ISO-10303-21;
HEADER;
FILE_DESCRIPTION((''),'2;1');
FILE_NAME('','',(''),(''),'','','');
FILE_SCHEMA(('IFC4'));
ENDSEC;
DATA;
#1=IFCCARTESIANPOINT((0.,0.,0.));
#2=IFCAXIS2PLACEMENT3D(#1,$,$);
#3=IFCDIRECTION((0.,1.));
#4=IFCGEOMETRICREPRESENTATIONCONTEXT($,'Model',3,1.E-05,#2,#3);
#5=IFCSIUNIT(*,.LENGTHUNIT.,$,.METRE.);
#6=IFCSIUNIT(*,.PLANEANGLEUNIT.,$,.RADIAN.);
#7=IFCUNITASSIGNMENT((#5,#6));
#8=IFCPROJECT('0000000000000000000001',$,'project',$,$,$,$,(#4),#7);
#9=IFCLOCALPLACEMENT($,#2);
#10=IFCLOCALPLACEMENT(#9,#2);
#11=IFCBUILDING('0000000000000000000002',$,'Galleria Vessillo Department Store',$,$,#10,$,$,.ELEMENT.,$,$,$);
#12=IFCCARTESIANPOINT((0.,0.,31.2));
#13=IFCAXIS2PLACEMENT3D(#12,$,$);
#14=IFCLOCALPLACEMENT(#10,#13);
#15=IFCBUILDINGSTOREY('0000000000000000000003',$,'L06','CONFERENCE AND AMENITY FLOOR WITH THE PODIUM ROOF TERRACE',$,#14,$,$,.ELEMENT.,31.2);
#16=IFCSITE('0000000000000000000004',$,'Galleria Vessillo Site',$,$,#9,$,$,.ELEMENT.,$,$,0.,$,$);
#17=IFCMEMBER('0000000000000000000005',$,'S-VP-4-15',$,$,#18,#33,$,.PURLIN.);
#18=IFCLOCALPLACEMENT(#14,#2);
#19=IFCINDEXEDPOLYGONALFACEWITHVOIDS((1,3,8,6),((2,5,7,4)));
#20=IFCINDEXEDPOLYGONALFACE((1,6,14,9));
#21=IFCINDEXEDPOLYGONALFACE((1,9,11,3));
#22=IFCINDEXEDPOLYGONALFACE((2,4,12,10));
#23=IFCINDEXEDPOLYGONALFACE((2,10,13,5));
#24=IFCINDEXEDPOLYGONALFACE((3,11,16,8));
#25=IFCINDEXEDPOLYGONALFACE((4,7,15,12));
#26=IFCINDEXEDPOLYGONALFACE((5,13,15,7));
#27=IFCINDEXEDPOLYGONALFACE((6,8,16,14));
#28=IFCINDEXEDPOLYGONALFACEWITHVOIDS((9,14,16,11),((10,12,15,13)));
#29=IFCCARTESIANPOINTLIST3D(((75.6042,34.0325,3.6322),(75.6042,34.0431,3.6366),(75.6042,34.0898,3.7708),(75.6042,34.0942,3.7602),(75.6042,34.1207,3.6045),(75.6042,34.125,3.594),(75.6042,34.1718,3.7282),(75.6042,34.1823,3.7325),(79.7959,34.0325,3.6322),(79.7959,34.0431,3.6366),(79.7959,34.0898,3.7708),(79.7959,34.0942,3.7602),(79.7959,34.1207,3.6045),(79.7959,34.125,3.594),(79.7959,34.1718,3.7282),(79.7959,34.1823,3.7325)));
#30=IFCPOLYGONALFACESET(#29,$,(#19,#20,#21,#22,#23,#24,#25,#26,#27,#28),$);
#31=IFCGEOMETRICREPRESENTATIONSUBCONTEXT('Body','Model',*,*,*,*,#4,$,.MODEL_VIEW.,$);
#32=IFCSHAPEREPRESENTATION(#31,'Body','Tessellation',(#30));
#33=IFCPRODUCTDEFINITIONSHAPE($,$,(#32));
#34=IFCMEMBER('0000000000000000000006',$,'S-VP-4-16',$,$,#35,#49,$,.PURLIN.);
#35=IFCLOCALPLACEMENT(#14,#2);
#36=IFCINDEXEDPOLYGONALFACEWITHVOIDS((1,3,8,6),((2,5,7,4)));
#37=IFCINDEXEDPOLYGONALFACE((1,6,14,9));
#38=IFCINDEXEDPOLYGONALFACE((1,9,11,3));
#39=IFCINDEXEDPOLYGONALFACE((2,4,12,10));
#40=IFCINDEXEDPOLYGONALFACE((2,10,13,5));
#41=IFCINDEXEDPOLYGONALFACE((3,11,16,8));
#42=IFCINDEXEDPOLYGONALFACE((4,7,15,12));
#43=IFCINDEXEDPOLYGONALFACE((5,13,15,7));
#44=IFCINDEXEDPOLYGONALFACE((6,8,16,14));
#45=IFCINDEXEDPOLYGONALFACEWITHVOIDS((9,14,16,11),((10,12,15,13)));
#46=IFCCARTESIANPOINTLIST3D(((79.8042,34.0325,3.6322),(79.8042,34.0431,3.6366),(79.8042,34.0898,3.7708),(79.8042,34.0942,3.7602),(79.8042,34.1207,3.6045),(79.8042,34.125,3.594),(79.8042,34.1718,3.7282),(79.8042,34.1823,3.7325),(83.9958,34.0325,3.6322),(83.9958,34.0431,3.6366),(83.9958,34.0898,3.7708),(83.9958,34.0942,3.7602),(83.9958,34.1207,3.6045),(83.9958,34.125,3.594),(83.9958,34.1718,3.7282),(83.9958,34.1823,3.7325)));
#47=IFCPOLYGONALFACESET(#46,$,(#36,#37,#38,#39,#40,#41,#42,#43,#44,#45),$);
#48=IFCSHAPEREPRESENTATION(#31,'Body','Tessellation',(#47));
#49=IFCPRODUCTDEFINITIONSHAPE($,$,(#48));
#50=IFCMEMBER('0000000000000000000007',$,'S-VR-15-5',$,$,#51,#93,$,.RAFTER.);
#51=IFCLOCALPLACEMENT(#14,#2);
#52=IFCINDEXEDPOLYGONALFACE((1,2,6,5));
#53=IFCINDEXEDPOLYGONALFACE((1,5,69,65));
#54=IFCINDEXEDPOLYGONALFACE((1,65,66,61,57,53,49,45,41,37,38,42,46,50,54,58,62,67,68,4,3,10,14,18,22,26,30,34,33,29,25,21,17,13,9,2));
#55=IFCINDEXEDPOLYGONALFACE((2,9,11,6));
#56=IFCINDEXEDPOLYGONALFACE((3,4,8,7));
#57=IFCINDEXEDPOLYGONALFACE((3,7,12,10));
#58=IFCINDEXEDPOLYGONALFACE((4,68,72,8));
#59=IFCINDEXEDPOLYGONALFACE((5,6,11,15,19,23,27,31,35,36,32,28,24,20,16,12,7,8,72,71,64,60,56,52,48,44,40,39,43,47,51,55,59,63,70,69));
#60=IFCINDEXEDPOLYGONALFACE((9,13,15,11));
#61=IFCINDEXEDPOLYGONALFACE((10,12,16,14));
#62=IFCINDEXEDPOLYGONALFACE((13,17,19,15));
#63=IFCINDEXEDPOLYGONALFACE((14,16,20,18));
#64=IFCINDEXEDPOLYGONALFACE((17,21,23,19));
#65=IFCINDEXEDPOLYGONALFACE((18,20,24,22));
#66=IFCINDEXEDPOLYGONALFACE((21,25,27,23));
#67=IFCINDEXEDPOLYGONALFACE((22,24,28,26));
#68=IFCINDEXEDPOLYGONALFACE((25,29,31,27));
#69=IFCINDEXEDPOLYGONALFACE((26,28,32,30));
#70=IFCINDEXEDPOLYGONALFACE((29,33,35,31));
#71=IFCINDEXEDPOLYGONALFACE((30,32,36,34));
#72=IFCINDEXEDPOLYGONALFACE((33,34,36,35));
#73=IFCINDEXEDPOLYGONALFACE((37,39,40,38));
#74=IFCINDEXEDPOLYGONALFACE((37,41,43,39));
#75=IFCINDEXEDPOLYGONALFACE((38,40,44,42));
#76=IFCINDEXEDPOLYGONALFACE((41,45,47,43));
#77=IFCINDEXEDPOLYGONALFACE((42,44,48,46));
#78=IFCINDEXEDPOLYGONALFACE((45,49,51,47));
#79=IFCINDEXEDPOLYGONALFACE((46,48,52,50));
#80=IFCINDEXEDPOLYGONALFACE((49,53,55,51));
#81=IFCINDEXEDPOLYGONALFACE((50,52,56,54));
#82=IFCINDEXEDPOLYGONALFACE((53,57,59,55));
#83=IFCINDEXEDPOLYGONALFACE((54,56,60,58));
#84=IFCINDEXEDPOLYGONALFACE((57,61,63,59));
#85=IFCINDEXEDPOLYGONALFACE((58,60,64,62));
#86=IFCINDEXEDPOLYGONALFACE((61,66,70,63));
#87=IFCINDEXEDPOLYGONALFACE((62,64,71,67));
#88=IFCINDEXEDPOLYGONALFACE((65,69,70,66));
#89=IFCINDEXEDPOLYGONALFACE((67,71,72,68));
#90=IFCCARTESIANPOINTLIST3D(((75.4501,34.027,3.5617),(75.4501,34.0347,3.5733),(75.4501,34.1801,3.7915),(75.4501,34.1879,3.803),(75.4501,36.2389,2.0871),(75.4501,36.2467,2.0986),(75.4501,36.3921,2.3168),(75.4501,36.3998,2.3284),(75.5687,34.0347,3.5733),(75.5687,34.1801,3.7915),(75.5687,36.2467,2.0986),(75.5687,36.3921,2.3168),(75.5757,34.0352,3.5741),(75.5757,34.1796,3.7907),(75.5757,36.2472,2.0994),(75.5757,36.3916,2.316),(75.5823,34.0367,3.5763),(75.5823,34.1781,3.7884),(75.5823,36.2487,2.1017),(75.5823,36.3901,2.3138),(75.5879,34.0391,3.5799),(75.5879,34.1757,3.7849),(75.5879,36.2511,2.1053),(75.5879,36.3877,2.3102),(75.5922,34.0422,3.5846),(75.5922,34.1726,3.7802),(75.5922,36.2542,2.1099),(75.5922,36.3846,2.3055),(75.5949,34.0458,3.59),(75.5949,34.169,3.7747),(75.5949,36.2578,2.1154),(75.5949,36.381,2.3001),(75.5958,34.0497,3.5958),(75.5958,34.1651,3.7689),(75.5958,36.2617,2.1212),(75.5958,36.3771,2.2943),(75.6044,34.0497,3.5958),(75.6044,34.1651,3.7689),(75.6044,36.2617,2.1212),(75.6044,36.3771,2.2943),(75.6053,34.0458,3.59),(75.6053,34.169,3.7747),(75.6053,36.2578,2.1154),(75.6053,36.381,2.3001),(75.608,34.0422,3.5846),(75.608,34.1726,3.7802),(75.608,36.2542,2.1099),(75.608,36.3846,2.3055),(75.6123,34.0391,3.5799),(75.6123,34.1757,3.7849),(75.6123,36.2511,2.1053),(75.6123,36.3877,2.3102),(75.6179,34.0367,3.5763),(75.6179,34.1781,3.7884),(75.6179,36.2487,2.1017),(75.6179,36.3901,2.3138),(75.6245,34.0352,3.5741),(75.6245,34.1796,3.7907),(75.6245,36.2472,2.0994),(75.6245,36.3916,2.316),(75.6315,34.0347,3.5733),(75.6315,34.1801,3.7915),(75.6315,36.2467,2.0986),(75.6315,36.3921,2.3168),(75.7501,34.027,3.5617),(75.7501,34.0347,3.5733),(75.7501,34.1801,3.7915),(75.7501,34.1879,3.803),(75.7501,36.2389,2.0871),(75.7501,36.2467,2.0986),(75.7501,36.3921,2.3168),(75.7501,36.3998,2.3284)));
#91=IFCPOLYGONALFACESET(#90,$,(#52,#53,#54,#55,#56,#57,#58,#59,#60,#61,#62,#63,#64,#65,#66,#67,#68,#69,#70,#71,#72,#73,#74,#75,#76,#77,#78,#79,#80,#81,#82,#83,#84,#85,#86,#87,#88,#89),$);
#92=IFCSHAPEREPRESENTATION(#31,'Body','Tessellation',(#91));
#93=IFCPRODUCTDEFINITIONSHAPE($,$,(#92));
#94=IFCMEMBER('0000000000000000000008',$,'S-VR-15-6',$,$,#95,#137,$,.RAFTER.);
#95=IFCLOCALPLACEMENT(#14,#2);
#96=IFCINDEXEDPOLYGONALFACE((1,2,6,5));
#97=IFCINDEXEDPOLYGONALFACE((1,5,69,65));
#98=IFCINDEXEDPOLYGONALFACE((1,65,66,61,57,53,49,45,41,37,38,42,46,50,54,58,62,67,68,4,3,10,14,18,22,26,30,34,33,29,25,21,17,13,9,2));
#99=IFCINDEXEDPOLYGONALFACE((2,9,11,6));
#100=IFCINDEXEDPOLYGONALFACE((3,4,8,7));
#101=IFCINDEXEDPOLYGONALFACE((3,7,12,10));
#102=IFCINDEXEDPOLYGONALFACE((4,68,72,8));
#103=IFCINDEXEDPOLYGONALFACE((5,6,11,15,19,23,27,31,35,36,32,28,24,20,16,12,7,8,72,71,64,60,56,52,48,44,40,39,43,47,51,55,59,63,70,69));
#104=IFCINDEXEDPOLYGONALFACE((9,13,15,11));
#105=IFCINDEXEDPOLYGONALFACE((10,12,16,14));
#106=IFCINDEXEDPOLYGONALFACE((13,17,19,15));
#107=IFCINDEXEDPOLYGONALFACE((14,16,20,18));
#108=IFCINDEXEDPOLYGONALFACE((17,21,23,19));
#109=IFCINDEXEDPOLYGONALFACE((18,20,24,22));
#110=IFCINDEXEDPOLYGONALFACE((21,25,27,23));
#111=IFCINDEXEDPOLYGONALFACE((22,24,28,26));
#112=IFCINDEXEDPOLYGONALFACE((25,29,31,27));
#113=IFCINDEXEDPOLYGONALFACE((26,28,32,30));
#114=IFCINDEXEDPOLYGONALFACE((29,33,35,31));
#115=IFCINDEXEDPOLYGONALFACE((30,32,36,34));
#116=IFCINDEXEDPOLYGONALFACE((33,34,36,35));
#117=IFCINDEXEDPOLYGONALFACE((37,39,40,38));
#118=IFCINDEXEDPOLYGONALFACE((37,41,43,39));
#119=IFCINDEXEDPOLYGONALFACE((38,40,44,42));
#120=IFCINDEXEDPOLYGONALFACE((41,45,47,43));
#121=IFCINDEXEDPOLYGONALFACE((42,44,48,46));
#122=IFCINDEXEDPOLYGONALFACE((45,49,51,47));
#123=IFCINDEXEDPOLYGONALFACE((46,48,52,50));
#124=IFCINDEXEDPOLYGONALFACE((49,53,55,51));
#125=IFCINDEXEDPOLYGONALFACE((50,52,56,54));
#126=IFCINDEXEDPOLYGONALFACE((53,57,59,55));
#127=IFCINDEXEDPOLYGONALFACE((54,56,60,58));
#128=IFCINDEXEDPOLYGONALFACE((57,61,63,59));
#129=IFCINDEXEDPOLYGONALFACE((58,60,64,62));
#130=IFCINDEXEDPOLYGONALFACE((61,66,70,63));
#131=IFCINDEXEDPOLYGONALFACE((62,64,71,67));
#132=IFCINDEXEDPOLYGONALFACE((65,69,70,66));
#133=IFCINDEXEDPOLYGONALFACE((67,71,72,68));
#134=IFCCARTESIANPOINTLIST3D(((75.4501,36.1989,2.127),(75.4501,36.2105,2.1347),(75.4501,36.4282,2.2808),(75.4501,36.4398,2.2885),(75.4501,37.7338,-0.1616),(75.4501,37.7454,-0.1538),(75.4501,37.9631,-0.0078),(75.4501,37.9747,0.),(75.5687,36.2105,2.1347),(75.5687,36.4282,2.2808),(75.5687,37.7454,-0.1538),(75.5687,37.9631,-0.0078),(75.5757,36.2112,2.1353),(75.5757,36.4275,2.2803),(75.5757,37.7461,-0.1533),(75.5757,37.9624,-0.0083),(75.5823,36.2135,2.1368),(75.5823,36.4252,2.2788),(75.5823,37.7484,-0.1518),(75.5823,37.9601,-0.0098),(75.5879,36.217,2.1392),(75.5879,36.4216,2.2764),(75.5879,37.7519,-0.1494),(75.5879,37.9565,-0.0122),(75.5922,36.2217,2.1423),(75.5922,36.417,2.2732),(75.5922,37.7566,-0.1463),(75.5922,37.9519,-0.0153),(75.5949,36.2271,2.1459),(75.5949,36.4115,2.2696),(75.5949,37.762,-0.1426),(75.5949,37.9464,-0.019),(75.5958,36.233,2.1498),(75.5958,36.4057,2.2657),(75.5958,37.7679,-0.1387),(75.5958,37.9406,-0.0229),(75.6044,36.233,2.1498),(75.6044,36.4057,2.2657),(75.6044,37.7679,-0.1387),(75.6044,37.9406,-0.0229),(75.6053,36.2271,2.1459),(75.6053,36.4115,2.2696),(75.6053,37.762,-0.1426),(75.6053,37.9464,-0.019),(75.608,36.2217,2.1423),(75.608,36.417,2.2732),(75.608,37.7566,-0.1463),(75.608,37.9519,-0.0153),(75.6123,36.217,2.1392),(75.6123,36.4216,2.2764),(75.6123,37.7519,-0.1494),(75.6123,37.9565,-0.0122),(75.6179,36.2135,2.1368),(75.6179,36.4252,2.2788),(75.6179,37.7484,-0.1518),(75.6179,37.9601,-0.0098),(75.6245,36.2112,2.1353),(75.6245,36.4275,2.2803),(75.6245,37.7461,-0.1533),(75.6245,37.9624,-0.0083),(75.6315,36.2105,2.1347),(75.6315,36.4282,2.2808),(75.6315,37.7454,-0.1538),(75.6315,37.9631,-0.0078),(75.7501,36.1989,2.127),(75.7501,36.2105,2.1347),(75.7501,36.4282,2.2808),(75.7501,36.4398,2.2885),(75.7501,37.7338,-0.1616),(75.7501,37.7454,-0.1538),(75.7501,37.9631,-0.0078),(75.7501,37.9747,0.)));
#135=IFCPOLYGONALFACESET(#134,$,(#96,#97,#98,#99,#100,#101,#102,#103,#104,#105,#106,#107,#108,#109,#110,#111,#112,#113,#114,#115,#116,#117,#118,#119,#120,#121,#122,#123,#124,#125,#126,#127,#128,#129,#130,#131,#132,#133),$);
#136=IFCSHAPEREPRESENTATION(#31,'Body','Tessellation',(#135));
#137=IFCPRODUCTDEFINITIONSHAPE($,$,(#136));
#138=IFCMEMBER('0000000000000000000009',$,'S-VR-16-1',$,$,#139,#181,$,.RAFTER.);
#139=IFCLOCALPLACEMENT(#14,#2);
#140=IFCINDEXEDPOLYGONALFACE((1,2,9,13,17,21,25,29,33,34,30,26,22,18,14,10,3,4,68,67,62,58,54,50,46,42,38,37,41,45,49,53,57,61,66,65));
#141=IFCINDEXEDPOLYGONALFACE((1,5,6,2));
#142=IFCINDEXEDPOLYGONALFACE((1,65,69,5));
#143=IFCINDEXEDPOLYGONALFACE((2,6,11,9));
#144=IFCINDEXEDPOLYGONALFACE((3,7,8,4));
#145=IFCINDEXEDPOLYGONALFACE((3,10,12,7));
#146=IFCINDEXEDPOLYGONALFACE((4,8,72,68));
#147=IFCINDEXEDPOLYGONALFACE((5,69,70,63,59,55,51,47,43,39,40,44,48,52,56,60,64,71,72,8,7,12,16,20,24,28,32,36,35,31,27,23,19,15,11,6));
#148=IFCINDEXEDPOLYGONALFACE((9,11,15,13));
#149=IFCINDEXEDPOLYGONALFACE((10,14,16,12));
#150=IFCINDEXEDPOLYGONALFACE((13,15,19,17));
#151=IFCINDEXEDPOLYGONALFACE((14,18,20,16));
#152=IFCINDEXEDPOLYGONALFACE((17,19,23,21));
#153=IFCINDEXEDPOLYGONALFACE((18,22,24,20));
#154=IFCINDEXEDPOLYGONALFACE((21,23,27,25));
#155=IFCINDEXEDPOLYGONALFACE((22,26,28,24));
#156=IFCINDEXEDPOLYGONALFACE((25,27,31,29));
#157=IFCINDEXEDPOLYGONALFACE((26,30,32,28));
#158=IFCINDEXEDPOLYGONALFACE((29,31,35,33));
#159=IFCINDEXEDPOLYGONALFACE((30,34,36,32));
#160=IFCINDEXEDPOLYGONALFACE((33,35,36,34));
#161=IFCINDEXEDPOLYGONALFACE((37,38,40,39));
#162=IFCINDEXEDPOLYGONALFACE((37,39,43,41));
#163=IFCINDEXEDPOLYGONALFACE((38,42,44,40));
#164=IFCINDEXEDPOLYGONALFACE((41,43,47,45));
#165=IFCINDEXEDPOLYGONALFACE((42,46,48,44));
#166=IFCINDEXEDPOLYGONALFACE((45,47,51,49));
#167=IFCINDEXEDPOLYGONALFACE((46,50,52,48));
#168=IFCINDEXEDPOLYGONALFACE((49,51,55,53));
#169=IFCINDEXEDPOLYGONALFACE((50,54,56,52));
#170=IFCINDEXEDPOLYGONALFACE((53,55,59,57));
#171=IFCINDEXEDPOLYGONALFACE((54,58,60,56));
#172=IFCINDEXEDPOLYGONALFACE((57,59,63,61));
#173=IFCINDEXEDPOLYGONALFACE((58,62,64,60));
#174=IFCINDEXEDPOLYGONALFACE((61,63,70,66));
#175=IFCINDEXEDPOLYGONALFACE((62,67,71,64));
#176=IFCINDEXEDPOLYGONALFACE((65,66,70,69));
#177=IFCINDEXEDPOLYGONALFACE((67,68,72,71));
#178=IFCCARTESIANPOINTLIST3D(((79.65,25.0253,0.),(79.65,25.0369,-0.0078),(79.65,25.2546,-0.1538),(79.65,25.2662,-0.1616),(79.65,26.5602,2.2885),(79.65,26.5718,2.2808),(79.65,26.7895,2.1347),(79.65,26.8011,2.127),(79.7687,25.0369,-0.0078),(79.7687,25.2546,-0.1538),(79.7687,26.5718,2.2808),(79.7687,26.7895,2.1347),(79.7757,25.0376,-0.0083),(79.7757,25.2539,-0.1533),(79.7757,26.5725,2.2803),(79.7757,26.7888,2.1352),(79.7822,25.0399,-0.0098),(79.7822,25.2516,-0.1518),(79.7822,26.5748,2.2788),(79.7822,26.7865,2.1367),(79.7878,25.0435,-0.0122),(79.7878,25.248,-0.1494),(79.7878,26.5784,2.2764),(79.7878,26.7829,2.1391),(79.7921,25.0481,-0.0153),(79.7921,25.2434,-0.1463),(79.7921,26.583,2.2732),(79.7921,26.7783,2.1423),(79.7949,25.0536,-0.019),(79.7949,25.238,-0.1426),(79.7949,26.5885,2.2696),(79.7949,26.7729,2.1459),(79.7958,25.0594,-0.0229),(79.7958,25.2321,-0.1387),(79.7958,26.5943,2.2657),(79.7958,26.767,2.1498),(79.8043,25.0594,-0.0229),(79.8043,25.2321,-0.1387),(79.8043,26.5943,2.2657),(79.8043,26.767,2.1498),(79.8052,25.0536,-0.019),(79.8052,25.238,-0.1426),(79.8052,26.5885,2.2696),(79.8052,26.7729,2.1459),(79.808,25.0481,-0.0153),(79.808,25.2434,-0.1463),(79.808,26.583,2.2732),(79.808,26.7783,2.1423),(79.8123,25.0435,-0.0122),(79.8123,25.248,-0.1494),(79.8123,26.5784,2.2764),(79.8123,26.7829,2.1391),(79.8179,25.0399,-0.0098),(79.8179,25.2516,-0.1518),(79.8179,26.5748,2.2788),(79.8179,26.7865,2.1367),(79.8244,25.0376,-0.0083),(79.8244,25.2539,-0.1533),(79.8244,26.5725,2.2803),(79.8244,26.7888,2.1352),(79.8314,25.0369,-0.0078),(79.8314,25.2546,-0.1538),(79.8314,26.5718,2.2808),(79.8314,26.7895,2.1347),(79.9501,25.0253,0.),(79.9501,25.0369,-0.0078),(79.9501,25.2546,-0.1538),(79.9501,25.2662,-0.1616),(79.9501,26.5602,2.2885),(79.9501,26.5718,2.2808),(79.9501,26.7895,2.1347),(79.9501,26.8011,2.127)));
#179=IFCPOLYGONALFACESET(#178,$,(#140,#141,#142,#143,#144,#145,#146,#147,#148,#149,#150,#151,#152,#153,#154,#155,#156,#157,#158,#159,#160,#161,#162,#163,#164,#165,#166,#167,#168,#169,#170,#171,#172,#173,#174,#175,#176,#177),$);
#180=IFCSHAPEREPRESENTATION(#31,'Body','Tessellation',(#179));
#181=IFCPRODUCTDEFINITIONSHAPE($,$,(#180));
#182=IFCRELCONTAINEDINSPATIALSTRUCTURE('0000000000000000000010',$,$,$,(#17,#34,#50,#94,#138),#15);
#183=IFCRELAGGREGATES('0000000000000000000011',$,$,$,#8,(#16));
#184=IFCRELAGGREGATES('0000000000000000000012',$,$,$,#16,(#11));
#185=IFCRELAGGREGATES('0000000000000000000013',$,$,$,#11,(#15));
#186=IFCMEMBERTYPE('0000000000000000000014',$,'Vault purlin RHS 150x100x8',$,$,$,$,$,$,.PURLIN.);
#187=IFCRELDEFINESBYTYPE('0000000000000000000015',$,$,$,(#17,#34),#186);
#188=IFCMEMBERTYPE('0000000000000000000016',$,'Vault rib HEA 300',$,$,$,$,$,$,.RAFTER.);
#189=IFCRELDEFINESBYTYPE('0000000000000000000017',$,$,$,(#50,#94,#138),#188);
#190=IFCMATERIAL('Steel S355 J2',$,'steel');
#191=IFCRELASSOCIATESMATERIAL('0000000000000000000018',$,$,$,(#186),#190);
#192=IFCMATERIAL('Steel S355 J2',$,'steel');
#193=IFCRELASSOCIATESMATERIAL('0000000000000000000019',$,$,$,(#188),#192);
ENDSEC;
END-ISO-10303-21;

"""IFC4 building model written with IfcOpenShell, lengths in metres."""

from ifc_helpers import new_model, si_unit, direction, frame, origin, origin_2d, place, context, subcontext, project, spatial, hollow_rectangle, i_section, extrude, material, material_profile, profile_set, type_object, element, save


model = new_model("IFC4")

# Units and contexts
model_context = context("Model", 3, precision=1e-05, world=origin(), true_north=direction((0.0, 1.0)))
body_context = subcontext(model_context, "Body", "Model", "MODEL_VIEW")
ifc_project = project(units=[si_unit("LENGTHUNIT", "METRE"), si_unit("PLANEANGLEUNIT", "RADIAN")], contexts=[model_context])

# Site, building, storey
site_placement = place(None, origin())
site = spatial("IfcSite", under=ifc_project, at=site_placement, Name="Galleria Vessillo Site", CompositionType="ELEMENT", RefElevation=0.0)
building_placement = place(site_placement, origin())
building = spatial("IfcBuilding", under=site, at=building_placement, Name="Galleria Vessillo Department Store", CompositionType="ELEMENT")
storey_placement = place(building_placement, frame((0.0, 0.0, 31.2)))
storey = spatial("IfcBuildingStorey", under=building, at=storey_placement, Name="L06", Description="CONFERENCE AND AMENITY FLOOR WITH THE PODIUM ROOF TERRACE", CompositionType="ELEMENT", Elevation=31.2)

# Members
ifc_material_1 = material(Name="Steel S355 J2", Category="steel")
ifc_material_profile_1 = material_profile(ifc_material_1, hollow_rectangle(XDim=0.1001, YDim=0.1499, WallThickness=0.0081, at=origin_2d()), Name="RHS 150x100x8")
ifc_profile_set_1 = profile_set([ifc_material_profile_1], Name="Steel S355 J2")
member_type_1 = type_object("IfcMemberType", Name="Vault purlin RHS 150x100x8", PredefinedType="PURLIN", material=ifc_profile_set_1)
for number, where, z_axis, x_axis, name in (
    (1, (75.6042, 34.1074, 3.6824), (1.0, 0.0, 0.0), (0.0, 0.924145, -0.382043), "S-VP-4-15"),
    (2, (79.8042, 34.1074, 3.6824), (1.0, 0.0, 0.0), (0.0, 0.924145, -0.382043), "S-VP-4-16"),
):
    element("IfcMember", number, at=place(storey_placement, frame(where, z_axis=z_axis, x_axis=x_axis)), inside=storey, type_object=member_type_1, Name=name, PredefinedType="PURLIN", context=body_context, shape_type="SweptSolid", body=[
        extrude(hollow_rectangle(XDim=0.1001, YDim=0.1499, WallThickness=0.0081, at=origin_2d()), origin(), (0.0, 0.0, 1.0), 4.1917),
    ])
ifc_material_2 = material(Name="Steel S355 J2", Category="steel")
ifc_material_profile_2 = material_profile(ifc_material_2, i_section(OverallWidth=0.3, OverallDepth=0.29, WebThickness=0.0085, FlangeThickness=0.0139, FilletRadius=0.0271, at=origin_2d()), Name="HEA 300")
ifc_profile_set_2 = profile_set([ifc_material_profile_2], Name="Steel S355 J2")
member_type_2 = type_object("IfcMemberType", Name="Vault rib HEA 300", PredefinedType="RAFTER", material=ifc_profile_set_2)
member_1_placement = place(storey_placement, frame((75.6001, 34.1074, 3.6824), z_axis=(0.0, 0.83205, -0.5547), x_axis=(-1.0, 0.0, 0.0)))
element("IfcMember", 3, at=member_1_placement, inside=storey, type_object=member_type_2, Name="S-VR-15-5", PredefinedType="RAFTER", context=body_context, shape_type="SweptSolid", body=[
    extrude(i_section(OverallWidth=0.3, OverallDepth=0.29, WebThickness=0.0085, FlangeThickness=0.0139, FilletRadius=0.0271, at=origin_2d()), origin(), (0.0, 0.0, 1.0), 2.6584),
])
for number, where, z_axis, x_axis, name in (
    (4, (75.6001, 36.3193, 2.2078), (0.0, 0.557008, -0.830507), (-1.0, 0.0, 0.0), "S-VR-15-6"),
    (5, (79.8, 25.1458, -0.0808), (0.0, 0.557008, 0.830507), (-1.0, 0.0, 0.0), "S-VR-16-1"),
):
    element("IfcMember", number, at=place(storey_placement, frame(where, z_axis=z_axis, x_axis=x_axis)), inside=storey, type_object=member_type_2, Name=name, PredefinedType="RAFTER", context=body_context, shape_type="SweptSolid", body=[
        extrude(i_section(OverallWidth=0.3, OverallDepth=0.29, WebThickness=0.0085, FlangeThickness=0.0139, FilletRadius=0.0271, at=origin_2d()), origin(), (0.0, 0.0, 1.0), 2.7556),
    ])

save(model, "model.ifc")
